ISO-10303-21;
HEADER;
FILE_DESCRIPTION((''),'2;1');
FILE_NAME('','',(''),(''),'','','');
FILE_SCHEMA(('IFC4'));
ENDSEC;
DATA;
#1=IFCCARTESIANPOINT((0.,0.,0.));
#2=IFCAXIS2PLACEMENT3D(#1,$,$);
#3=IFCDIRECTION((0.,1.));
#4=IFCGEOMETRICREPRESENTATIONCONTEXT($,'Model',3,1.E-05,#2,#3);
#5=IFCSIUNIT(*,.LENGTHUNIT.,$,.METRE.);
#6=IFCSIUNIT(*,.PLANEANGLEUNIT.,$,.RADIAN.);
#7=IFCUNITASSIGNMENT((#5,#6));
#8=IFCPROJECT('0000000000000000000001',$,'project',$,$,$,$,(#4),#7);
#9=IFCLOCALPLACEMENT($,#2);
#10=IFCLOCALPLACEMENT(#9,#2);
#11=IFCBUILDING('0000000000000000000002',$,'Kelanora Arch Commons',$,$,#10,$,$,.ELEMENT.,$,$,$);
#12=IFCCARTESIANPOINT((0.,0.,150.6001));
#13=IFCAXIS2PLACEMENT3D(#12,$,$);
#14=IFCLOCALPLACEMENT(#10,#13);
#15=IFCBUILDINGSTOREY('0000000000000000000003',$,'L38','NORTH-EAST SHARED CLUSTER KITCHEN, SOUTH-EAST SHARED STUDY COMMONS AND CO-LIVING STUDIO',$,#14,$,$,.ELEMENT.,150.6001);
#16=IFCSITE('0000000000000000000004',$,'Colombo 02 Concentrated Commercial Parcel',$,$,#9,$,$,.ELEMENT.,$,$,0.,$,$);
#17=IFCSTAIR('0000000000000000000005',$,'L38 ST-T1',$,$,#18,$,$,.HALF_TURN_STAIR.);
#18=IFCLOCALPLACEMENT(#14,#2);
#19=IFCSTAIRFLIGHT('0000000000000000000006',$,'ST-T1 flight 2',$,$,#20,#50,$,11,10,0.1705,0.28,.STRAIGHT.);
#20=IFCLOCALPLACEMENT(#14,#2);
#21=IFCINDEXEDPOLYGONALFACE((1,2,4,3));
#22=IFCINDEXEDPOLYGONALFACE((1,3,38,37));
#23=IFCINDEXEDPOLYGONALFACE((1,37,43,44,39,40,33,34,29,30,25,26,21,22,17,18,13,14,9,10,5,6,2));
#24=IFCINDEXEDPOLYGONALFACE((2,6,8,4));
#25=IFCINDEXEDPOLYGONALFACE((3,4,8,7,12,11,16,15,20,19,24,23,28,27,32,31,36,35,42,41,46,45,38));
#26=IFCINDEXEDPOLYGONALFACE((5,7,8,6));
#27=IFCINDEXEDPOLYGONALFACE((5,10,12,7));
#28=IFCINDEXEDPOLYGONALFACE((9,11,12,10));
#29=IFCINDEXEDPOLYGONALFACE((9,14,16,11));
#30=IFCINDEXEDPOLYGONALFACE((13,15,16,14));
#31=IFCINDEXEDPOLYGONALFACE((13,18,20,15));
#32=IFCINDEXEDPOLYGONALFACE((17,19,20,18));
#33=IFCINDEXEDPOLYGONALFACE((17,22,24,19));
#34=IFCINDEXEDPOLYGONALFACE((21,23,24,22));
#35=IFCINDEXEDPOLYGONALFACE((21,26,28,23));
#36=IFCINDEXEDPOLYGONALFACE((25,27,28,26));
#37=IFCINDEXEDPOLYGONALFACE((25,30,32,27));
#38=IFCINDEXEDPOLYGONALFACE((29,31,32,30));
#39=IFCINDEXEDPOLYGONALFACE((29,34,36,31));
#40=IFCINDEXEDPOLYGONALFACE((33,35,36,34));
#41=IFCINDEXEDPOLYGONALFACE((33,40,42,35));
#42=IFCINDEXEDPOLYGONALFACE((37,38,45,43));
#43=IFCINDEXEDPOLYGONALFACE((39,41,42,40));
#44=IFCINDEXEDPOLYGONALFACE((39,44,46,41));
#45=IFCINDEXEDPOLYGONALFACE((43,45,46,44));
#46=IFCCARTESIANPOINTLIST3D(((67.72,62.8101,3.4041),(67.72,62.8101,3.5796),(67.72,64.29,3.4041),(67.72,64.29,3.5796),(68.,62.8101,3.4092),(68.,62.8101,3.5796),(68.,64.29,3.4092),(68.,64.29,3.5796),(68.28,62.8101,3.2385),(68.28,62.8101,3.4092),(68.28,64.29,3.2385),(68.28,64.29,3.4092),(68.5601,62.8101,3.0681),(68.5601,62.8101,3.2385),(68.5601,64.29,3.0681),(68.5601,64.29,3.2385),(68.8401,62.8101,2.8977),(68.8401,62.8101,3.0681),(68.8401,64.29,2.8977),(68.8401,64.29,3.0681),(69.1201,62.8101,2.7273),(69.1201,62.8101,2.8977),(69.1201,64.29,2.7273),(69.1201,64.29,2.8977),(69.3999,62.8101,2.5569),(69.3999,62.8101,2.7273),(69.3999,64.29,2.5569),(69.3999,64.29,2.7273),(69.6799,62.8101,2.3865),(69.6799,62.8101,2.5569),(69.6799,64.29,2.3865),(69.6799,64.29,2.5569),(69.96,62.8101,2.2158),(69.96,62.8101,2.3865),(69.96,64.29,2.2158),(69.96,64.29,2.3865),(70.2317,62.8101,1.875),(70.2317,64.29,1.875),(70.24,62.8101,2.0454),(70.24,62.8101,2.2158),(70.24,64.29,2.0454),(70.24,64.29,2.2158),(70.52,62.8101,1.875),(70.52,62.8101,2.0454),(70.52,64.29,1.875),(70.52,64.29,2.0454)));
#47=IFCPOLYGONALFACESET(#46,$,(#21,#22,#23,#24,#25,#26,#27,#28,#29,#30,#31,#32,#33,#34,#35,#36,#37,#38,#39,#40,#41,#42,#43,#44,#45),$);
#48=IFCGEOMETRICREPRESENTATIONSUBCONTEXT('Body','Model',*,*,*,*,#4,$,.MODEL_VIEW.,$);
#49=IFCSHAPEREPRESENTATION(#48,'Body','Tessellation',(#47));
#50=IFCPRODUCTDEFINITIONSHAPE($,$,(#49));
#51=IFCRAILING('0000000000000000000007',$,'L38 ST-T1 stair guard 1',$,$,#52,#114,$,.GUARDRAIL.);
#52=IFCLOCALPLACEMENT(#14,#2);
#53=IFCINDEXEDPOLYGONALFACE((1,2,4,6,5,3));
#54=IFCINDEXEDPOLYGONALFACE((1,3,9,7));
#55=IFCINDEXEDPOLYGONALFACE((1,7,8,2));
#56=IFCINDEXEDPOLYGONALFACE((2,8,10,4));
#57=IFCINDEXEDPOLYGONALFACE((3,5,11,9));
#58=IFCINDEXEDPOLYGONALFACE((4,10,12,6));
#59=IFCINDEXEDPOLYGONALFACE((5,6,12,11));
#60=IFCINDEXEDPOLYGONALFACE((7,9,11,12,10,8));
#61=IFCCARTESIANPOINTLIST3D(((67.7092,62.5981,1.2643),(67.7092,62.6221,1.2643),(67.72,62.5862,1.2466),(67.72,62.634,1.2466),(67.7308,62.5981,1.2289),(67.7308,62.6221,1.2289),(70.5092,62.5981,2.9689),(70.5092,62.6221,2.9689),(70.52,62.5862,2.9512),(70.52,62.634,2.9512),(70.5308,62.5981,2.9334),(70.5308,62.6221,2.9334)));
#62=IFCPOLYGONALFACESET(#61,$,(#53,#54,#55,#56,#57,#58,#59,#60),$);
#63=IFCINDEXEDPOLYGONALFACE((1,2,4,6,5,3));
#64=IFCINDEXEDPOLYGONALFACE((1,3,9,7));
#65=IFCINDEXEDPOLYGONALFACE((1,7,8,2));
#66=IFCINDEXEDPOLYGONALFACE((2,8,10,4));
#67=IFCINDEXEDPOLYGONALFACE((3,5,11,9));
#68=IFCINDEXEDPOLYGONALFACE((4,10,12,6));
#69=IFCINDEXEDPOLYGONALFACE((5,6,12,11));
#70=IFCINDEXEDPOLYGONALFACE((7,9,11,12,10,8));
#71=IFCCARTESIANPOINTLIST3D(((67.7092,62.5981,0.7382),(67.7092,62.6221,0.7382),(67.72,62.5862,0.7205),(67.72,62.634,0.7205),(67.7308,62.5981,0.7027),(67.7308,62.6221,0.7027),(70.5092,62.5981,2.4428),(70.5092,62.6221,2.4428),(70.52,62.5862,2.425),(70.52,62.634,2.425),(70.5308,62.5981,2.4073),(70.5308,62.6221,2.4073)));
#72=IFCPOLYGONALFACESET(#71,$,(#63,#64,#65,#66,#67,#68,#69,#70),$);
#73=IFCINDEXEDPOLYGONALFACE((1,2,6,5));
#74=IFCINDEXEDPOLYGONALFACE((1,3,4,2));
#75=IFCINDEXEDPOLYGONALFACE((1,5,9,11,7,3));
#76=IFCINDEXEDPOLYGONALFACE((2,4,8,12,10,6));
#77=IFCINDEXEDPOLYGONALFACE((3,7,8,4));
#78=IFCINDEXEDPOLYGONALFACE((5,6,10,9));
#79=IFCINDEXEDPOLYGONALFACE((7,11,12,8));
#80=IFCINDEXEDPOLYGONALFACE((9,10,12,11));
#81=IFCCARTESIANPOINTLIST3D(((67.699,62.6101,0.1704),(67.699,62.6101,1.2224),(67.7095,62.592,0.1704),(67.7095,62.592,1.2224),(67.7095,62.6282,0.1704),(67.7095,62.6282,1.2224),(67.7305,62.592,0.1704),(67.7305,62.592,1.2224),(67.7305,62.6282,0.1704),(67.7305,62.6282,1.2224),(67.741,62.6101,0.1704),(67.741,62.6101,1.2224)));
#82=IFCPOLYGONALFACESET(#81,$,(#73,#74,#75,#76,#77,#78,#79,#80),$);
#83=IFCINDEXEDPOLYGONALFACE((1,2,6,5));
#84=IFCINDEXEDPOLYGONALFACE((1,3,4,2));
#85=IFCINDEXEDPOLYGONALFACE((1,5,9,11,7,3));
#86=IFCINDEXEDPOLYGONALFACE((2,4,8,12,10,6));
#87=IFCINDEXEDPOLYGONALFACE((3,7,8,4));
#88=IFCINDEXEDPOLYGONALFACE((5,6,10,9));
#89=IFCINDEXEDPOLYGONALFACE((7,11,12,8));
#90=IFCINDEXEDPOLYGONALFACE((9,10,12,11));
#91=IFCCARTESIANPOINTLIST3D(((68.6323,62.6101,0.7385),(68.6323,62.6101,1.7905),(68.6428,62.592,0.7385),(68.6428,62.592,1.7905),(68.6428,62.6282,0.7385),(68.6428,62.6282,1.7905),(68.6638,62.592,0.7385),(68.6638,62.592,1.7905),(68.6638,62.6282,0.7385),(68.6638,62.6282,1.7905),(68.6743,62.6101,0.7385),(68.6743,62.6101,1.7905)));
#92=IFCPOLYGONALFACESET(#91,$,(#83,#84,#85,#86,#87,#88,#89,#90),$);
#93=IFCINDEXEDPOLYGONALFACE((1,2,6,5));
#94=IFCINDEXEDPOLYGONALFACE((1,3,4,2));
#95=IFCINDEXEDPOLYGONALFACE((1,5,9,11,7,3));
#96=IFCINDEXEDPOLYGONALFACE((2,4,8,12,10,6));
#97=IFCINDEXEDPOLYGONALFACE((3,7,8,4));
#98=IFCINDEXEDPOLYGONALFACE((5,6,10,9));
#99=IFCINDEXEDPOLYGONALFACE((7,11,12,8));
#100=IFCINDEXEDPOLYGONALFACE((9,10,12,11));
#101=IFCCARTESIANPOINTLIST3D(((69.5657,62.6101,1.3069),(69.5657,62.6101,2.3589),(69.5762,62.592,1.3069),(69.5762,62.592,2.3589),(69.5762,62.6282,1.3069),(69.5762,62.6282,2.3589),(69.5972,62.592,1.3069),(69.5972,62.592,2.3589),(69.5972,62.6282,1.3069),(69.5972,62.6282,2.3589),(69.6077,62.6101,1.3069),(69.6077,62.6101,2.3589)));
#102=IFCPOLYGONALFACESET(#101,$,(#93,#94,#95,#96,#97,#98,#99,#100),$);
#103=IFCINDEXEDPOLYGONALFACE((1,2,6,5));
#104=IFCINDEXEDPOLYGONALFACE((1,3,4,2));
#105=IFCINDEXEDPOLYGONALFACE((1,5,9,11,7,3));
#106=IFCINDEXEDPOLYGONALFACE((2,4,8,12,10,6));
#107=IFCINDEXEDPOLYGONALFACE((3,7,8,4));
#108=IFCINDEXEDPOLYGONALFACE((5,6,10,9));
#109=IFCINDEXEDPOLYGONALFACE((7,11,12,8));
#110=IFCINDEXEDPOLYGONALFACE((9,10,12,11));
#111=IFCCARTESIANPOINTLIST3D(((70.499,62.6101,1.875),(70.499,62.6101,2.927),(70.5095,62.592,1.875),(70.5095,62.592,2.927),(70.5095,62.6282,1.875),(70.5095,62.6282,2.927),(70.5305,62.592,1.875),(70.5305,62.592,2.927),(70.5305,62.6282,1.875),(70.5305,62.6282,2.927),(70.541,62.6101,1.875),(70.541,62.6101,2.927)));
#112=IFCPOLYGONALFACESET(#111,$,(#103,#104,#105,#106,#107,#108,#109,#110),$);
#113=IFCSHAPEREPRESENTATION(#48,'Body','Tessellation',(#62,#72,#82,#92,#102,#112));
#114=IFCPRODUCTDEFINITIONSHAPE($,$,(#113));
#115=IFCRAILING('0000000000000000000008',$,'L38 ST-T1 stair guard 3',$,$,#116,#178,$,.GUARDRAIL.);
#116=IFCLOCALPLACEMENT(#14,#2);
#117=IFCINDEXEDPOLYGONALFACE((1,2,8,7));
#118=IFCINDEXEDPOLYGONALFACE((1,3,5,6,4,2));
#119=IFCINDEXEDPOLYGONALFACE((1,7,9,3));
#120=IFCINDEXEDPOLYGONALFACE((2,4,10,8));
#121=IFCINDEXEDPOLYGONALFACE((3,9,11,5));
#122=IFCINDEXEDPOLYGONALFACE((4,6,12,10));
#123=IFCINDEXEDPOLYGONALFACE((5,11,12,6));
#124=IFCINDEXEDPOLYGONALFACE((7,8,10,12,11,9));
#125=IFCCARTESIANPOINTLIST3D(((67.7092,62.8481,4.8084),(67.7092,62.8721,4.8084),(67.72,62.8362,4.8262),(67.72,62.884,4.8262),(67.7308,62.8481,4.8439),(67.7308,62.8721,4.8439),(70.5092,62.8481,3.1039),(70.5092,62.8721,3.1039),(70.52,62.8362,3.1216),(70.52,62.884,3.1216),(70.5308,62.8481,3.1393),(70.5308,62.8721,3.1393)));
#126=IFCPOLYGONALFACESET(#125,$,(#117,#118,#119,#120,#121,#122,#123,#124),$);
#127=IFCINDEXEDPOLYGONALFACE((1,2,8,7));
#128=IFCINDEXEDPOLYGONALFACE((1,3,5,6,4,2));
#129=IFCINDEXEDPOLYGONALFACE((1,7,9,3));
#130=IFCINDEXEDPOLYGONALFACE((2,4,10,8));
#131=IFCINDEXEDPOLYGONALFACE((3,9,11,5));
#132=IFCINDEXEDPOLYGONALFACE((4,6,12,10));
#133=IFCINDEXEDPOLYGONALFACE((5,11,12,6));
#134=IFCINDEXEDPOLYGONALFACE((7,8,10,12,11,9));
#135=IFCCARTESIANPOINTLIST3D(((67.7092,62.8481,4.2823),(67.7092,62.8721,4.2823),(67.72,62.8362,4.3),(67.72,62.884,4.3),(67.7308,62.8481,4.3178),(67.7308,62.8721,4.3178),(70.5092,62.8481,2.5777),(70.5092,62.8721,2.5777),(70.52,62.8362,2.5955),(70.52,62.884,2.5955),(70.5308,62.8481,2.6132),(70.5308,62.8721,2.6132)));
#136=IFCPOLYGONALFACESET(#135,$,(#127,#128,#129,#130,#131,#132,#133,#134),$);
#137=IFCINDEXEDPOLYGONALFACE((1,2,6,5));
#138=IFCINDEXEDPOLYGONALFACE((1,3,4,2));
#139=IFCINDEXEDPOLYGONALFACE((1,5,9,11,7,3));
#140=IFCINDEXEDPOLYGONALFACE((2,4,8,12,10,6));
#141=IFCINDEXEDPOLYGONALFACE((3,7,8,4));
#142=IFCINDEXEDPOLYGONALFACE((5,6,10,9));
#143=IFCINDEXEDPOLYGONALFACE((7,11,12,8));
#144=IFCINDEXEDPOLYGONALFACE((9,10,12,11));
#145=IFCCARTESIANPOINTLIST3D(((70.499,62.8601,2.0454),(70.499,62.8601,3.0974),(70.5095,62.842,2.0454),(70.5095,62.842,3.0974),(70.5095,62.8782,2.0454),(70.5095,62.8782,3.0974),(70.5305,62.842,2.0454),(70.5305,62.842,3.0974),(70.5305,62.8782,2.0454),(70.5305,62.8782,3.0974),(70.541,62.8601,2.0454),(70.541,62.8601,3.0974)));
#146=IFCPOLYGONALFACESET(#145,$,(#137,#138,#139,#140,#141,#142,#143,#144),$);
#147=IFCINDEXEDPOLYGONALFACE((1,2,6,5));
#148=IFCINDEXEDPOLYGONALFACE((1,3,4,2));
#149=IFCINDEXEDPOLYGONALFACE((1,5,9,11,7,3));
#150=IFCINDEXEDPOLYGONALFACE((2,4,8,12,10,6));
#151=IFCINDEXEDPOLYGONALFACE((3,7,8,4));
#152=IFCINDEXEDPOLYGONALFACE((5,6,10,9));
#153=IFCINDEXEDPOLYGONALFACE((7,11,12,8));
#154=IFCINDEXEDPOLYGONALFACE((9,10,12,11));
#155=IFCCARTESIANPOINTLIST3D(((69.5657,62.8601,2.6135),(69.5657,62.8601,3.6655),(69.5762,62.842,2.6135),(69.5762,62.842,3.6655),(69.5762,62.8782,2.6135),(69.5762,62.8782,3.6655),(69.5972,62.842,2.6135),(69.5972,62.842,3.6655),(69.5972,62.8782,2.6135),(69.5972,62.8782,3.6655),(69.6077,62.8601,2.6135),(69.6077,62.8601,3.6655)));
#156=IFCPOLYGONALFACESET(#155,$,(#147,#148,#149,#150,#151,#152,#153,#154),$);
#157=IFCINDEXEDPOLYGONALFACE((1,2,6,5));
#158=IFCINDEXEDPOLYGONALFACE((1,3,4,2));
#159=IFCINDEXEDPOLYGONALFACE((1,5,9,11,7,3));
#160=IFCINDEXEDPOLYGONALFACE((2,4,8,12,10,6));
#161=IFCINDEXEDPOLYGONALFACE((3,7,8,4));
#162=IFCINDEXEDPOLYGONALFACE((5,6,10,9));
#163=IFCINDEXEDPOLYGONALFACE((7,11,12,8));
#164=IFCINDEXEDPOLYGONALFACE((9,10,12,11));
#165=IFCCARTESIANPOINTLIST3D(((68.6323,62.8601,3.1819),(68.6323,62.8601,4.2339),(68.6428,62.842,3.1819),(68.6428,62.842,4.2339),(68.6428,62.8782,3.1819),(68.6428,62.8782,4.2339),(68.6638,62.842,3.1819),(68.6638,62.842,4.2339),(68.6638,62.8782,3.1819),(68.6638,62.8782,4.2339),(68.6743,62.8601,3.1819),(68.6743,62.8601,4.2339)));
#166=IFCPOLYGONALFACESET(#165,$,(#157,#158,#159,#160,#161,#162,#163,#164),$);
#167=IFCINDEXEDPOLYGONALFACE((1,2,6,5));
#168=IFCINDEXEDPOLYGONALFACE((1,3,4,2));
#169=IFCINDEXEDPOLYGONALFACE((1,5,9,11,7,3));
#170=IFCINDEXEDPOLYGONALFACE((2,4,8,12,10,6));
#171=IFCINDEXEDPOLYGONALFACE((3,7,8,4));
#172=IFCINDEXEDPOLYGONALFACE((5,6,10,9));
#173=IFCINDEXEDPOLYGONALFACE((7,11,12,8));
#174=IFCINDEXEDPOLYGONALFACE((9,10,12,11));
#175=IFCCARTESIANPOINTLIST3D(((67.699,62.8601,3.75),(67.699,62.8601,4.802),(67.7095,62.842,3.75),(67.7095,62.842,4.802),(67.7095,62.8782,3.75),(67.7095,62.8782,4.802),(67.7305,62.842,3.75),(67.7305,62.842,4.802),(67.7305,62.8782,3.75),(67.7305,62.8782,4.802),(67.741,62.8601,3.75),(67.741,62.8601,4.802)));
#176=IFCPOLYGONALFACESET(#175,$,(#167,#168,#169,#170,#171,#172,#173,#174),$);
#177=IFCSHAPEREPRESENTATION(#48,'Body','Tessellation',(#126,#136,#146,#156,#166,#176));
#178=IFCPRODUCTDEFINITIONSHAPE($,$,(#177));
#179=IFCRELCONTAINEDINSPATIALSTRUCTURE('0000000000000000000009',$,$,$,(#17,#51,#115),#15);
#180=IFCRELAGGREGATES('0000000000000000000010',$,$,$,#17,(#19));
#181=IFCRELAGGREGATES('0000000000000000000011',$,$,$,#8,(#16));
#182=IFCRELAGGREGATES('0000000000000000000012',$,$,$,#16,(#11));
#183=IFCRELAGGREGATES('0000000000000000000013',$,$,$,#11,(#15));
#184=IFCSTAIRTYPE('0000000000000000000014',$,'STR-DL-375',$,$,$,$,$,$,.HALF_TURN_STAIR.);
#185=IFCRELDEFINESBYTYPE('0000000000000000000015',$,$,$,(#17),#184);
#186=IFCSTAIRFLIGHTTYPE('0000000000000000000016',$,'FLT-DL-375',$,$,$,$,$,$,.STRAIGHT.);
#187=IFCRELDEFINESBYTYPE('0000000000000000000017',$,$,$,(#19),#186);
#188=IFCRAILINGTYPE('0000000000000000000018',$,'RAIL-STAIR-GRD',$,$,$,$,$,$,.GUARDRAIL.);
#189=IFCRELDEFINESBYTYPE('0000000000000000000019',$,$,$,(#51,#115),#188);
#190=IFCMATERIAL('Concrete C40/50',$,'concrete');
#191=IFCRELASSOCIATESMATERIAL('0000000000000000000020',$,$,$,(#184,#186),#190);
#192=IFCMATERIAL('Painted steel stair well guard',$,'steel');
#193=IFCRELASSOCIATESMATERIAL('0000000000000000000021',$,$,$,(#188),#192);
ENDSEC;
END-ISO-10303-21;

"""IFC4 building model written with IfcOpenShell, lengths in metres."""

from ifc_helpers import new_model, si_unit, direction, frame, origin, place, context, subcontext, project, spatial, polyline, outline, extrude, material, type_object, element, aggregate, save


model = new_model("IFC4")

# Units and contexts
model_context = context("Model", 3, precision=1e-05, world=origin(), true_north=direction((0.0, 1.0)))
body_context = subcontext(model_context, "Body", "Model", "MODEL_VIEW")
ifc_project = project(units=[si_unit("LENGTHUNIT", "METRE"), si_unit("PLANEANGLEUNIT", "RADIAN")], contexts=[model_context])

# Site, building, storey
site_placement = place(None, origin())
site = spatial("IfcSite", under=ifc_project, at=site_placement, Name="Colombo 02 Concentrated Commercial Parcel", CompositionType="ELEMENT", RefElevation=0.0)
building_placement = place(site_placement, origin())
building = spatial("IfcBuilding", under=site, at=building_placement, Name="Kelanora Arch Commons", CompositionType="ELEMENT")
storey_placement = place(building_placement, frame((0.0, 0.0, 150.6001)))
storey = spatial("IfcBuildingStorey", under=building, at=storey_placement, Name="L38", Description="NORTH-EAST SHARED CLUSTER KITCHEN, SOUTH-EAST SHARED STUDY COMMONS AND CO-LIVING STUDIO", CompositionType="ELEMENT", Elevation=150.6001)

# Shared definitions
ifc_material_1 = material(Name="Concrete C40/50", Category="concrete")

# Stair, stair flight
stair_type = type_object("IfcStairType", Name="STR-DL-375", PredefinedType="HALF_TURN_STAIR", material=ifc_material_1)
stair_placement = place(storey_placement, origin())
stair = element("IfcStair", 1, at=stair_placement, inside=storey, type_object=stair_type, Name="L38 ST-T1", PredefinedType="HALF_TURN_STAIR")
stair_flight_type = type_object("IfcStairFlightType", Name="FLT-DL-375", PredefinedType="STRAIGHT", material=ifc_material_1)
stair_flight_1_placement = place(storey_placement, frame((70.52, 63.55, 1.875), z_axis=(0.0, 0.0, 1.0), x_axis=(-1.0, 0.0, 0.0)))
stair_flight_1 = element("IfcStairFlight", 2, at=stair_flight_1_placement, type_object=stair_flight_type, Name="ST-T1 flight 2", NumberOfRisers=11, NumberOfTreads=10, PredefinedType="STRAIGHT", RiserHeight=0.1705, TreadLength=0.28, context=body_context, shape_type="SweptSolid", body=[
    extrude(outline(polyline([(0.0, 0.0), (0.0, 0.1704), (0.28, 0.1704), (0.28, 0.3408), (0.5601, 0.3408), (0.5601, 0.5115), (0.8401, 0.5115), (0.8401, 0.6819), (1.1201, 0.6819), (1.1201, 0.8523), (1.3999, 0.8523), (1.3999, 1.0227), (1.6799, 1.0227), (1.6799, 1.1931), (1.96, 1.1931), (1.96, 1.3635), (2.24, 1.3635), (2.24, 1.5342), (2.52, 1.5342), (2.52, 1.7046), (2.8, 1.7046), (2.8, 1.875), (2.8, 1.5291), (0.2883, 0.0), (0.0, 0.0)])), frame((0.0, 0.74, 0.0), z_axis=(0.0, -1.0, 0.0), x_axis=(1.0, 0.0, 0.0)), (0.0, 0.0, 1.0), 1.48),
])
aggregate(stair, [stair_flight_1])

# Railings
ifc_material_2 = material(Name="Painted steel stair well guard", Category="steel")
railing_type_1 = type_object("IfcRailingType", Name="RAIL-STAIR-GRD", PredefinedType="GUARDRAIL", material=ifc_material_2)
railing_1_placement = place(storey_placement, frame((67.72, 62.6101, 0.1704)))
element("IfcRailing", 3, at=railing_1_placement, inside=storey, type_object=railing_type_1, Name="L38 ST-T1 stair guard 1", PredefinedType="GUARDRAIL", context=body_context, shape_type="SweptSolid", body=[
    extrude(outline(polyline([(0.0239, 0.0), (0.012, 0.0208), (-0.012, 0.0208), (-0.0239, 0.0), (-0.012, -0.0208), (0.012, -0.0208), (0.0239, 0.0)])), frame((0.0, 0.0, 1.0762), z_axis=(0.85417, 0.0, 0.519994), x_axis=(0.0, 1.0, 0.0)), (0.0, 0.0, 1.0), 3.2781),
    extrude(outline(polyline([(0.0239, 0.0), (0.012, 0.0208), (-0.012, 0.0208), (-0.0239, 0.0), (-0.012, -0.0208), (0.012, -0.0208), (0.0239, 0.0)])), frame((0.0, 0.0, 0.55), z_axis=(0.85417, 0.0, 0.519994), x_axis=(0.0, 1.0, 0.0)), (0.0, 0.0, 1.0), 3.2781),
    extrude(outline(polyline([(0.021, 0.0), (0.0105, 0.0181), (-0.0105, 0.0181), (-0.021, 0.0), (-0.0105, -0.0181), (0.0105, -0.0181), (0.021, 0.0)])), origin(), (0.0, 0.0, 1.0), 1.052),
    extrude(outline(polyline([(0.021, 0.0), (0.0105, 0.0181), (-0.0105, 0.0181), (-0.021, 0.0), (-0.0105, -0.0181), (0.0105, -0.0181), (0.021, 0.0)])), frame((0.9333, 0.0, 0.5681)), (0.0, 0.0, 1.0), 1.052),
    extrude(outline(polyline([(0.021, 0.0), (0.0105, 0.0181), (-0.0105, 0.0181), (-0.021, 0.0), (-0.0105, -0.0181), (0.0105, -0.0181), (0.021, 0.0)])), frame((1.8667, 0.0, 1.1365)), (0.0, 0.0, 1.0), 1.052),
    extrude(outline(polyline([(0.021, 0.0), (0.0105, 0.0181), (-0.0105, 0.0181), (-0.021, 0.0), (-0.0105, -0.0181), (0.0105, -0.0181), (0.021, 0.0)])), frame((2.8, 0.0, 1.7046)), (0.0, 0.0, 1.0), 1.052),
])
railing_2_placement = place(storey_placement, frame((70.52, 62.8601, 2.0454)))
element("IfcRailing", 4, at=railing_2_placement, inside=storey, type_object=railing_type_1, Name="L38 ST-T1 stair guard 3", PredefinedType="GUARDRAIL", context=body_context, shape_type="SweptSolid", body=[
    extrude(outline(polyline([(0.0239, 0.0), (0.012, 0.0208), (-0.012, 0.0208), (-0.0239, 0.0), (-0.012, -0.0208), (0.012, -0.0208), (0.0239, 0.0)])), frame((0.0, 0.0, 1.0762), z_axis=(-0.85417, 0.0, 0.519994), x_axis=(0.0, -1.0, 0.0)), (0.0, 0.0, 1.0), 3.2781),
    extrude(outline(polyline([(0.0239, 0.0), (0.012, 0.0208), (-0.012, 0.0208), (-0.0239, 0.0), (-0.012, -0.0208), (0.012, -0.0208), (0.0239, 0.0)])), frame((0.0, 0.0, 0.55), z_axis=(-0.85417, 0.0, 0.519994), x_axis=(0.0, -1.0, 0.0)), (0.0, 0.0, 1.0), 3.2781),
    extrude(outline(polyline([(0.021, 0.0), (0.0105, 0.0181), (-0.0105, 0.0181), (-0.021, 0.0), (-0.0105, -0.0181), (0.0105, -0.0181), (0.021, 0.0)])), origin(), (0.0, 0.0, 1.0), 1.052),
    extrude(outline(polyline([(0.021, 0.0), (0.0105, 0.0181), (-0.0105, 0.0181), (-0.021, 0.0), (-0.0105, -0.0181), (0.0105, -0.0181), (0.021, 0.0)])), frame((-0.9333, 0.0, 0.5681)), (0.0, 0.0, 1.0), 1.052),
    extrude(outline(polyline([(0.021, 0.0), (0.0105, 0.0181), (-0.0105, 0.0181), (-0.021, 0.0), (-0.0105, -0.0181), (0.0105, -0.0181), (0.021, 0.0)])), frame((-1.8667, 0.0, 1.1365)), (0.0, 0.0, 1.0), 1.052),
    extrude(outline(polyline([(0.021, 0.0), (0.0105, 0.0181), (-0.0105, 0.0181), (-0.021, 0.0), (-0.0105, -0.0181), (0.0105, -0.0181), (0.021, 0.0)])), frame((-2.8, 0.0, 1.7046)), (0.0, 0.0, 1.0), 1.052),
])

save(model, "model.ifc")
